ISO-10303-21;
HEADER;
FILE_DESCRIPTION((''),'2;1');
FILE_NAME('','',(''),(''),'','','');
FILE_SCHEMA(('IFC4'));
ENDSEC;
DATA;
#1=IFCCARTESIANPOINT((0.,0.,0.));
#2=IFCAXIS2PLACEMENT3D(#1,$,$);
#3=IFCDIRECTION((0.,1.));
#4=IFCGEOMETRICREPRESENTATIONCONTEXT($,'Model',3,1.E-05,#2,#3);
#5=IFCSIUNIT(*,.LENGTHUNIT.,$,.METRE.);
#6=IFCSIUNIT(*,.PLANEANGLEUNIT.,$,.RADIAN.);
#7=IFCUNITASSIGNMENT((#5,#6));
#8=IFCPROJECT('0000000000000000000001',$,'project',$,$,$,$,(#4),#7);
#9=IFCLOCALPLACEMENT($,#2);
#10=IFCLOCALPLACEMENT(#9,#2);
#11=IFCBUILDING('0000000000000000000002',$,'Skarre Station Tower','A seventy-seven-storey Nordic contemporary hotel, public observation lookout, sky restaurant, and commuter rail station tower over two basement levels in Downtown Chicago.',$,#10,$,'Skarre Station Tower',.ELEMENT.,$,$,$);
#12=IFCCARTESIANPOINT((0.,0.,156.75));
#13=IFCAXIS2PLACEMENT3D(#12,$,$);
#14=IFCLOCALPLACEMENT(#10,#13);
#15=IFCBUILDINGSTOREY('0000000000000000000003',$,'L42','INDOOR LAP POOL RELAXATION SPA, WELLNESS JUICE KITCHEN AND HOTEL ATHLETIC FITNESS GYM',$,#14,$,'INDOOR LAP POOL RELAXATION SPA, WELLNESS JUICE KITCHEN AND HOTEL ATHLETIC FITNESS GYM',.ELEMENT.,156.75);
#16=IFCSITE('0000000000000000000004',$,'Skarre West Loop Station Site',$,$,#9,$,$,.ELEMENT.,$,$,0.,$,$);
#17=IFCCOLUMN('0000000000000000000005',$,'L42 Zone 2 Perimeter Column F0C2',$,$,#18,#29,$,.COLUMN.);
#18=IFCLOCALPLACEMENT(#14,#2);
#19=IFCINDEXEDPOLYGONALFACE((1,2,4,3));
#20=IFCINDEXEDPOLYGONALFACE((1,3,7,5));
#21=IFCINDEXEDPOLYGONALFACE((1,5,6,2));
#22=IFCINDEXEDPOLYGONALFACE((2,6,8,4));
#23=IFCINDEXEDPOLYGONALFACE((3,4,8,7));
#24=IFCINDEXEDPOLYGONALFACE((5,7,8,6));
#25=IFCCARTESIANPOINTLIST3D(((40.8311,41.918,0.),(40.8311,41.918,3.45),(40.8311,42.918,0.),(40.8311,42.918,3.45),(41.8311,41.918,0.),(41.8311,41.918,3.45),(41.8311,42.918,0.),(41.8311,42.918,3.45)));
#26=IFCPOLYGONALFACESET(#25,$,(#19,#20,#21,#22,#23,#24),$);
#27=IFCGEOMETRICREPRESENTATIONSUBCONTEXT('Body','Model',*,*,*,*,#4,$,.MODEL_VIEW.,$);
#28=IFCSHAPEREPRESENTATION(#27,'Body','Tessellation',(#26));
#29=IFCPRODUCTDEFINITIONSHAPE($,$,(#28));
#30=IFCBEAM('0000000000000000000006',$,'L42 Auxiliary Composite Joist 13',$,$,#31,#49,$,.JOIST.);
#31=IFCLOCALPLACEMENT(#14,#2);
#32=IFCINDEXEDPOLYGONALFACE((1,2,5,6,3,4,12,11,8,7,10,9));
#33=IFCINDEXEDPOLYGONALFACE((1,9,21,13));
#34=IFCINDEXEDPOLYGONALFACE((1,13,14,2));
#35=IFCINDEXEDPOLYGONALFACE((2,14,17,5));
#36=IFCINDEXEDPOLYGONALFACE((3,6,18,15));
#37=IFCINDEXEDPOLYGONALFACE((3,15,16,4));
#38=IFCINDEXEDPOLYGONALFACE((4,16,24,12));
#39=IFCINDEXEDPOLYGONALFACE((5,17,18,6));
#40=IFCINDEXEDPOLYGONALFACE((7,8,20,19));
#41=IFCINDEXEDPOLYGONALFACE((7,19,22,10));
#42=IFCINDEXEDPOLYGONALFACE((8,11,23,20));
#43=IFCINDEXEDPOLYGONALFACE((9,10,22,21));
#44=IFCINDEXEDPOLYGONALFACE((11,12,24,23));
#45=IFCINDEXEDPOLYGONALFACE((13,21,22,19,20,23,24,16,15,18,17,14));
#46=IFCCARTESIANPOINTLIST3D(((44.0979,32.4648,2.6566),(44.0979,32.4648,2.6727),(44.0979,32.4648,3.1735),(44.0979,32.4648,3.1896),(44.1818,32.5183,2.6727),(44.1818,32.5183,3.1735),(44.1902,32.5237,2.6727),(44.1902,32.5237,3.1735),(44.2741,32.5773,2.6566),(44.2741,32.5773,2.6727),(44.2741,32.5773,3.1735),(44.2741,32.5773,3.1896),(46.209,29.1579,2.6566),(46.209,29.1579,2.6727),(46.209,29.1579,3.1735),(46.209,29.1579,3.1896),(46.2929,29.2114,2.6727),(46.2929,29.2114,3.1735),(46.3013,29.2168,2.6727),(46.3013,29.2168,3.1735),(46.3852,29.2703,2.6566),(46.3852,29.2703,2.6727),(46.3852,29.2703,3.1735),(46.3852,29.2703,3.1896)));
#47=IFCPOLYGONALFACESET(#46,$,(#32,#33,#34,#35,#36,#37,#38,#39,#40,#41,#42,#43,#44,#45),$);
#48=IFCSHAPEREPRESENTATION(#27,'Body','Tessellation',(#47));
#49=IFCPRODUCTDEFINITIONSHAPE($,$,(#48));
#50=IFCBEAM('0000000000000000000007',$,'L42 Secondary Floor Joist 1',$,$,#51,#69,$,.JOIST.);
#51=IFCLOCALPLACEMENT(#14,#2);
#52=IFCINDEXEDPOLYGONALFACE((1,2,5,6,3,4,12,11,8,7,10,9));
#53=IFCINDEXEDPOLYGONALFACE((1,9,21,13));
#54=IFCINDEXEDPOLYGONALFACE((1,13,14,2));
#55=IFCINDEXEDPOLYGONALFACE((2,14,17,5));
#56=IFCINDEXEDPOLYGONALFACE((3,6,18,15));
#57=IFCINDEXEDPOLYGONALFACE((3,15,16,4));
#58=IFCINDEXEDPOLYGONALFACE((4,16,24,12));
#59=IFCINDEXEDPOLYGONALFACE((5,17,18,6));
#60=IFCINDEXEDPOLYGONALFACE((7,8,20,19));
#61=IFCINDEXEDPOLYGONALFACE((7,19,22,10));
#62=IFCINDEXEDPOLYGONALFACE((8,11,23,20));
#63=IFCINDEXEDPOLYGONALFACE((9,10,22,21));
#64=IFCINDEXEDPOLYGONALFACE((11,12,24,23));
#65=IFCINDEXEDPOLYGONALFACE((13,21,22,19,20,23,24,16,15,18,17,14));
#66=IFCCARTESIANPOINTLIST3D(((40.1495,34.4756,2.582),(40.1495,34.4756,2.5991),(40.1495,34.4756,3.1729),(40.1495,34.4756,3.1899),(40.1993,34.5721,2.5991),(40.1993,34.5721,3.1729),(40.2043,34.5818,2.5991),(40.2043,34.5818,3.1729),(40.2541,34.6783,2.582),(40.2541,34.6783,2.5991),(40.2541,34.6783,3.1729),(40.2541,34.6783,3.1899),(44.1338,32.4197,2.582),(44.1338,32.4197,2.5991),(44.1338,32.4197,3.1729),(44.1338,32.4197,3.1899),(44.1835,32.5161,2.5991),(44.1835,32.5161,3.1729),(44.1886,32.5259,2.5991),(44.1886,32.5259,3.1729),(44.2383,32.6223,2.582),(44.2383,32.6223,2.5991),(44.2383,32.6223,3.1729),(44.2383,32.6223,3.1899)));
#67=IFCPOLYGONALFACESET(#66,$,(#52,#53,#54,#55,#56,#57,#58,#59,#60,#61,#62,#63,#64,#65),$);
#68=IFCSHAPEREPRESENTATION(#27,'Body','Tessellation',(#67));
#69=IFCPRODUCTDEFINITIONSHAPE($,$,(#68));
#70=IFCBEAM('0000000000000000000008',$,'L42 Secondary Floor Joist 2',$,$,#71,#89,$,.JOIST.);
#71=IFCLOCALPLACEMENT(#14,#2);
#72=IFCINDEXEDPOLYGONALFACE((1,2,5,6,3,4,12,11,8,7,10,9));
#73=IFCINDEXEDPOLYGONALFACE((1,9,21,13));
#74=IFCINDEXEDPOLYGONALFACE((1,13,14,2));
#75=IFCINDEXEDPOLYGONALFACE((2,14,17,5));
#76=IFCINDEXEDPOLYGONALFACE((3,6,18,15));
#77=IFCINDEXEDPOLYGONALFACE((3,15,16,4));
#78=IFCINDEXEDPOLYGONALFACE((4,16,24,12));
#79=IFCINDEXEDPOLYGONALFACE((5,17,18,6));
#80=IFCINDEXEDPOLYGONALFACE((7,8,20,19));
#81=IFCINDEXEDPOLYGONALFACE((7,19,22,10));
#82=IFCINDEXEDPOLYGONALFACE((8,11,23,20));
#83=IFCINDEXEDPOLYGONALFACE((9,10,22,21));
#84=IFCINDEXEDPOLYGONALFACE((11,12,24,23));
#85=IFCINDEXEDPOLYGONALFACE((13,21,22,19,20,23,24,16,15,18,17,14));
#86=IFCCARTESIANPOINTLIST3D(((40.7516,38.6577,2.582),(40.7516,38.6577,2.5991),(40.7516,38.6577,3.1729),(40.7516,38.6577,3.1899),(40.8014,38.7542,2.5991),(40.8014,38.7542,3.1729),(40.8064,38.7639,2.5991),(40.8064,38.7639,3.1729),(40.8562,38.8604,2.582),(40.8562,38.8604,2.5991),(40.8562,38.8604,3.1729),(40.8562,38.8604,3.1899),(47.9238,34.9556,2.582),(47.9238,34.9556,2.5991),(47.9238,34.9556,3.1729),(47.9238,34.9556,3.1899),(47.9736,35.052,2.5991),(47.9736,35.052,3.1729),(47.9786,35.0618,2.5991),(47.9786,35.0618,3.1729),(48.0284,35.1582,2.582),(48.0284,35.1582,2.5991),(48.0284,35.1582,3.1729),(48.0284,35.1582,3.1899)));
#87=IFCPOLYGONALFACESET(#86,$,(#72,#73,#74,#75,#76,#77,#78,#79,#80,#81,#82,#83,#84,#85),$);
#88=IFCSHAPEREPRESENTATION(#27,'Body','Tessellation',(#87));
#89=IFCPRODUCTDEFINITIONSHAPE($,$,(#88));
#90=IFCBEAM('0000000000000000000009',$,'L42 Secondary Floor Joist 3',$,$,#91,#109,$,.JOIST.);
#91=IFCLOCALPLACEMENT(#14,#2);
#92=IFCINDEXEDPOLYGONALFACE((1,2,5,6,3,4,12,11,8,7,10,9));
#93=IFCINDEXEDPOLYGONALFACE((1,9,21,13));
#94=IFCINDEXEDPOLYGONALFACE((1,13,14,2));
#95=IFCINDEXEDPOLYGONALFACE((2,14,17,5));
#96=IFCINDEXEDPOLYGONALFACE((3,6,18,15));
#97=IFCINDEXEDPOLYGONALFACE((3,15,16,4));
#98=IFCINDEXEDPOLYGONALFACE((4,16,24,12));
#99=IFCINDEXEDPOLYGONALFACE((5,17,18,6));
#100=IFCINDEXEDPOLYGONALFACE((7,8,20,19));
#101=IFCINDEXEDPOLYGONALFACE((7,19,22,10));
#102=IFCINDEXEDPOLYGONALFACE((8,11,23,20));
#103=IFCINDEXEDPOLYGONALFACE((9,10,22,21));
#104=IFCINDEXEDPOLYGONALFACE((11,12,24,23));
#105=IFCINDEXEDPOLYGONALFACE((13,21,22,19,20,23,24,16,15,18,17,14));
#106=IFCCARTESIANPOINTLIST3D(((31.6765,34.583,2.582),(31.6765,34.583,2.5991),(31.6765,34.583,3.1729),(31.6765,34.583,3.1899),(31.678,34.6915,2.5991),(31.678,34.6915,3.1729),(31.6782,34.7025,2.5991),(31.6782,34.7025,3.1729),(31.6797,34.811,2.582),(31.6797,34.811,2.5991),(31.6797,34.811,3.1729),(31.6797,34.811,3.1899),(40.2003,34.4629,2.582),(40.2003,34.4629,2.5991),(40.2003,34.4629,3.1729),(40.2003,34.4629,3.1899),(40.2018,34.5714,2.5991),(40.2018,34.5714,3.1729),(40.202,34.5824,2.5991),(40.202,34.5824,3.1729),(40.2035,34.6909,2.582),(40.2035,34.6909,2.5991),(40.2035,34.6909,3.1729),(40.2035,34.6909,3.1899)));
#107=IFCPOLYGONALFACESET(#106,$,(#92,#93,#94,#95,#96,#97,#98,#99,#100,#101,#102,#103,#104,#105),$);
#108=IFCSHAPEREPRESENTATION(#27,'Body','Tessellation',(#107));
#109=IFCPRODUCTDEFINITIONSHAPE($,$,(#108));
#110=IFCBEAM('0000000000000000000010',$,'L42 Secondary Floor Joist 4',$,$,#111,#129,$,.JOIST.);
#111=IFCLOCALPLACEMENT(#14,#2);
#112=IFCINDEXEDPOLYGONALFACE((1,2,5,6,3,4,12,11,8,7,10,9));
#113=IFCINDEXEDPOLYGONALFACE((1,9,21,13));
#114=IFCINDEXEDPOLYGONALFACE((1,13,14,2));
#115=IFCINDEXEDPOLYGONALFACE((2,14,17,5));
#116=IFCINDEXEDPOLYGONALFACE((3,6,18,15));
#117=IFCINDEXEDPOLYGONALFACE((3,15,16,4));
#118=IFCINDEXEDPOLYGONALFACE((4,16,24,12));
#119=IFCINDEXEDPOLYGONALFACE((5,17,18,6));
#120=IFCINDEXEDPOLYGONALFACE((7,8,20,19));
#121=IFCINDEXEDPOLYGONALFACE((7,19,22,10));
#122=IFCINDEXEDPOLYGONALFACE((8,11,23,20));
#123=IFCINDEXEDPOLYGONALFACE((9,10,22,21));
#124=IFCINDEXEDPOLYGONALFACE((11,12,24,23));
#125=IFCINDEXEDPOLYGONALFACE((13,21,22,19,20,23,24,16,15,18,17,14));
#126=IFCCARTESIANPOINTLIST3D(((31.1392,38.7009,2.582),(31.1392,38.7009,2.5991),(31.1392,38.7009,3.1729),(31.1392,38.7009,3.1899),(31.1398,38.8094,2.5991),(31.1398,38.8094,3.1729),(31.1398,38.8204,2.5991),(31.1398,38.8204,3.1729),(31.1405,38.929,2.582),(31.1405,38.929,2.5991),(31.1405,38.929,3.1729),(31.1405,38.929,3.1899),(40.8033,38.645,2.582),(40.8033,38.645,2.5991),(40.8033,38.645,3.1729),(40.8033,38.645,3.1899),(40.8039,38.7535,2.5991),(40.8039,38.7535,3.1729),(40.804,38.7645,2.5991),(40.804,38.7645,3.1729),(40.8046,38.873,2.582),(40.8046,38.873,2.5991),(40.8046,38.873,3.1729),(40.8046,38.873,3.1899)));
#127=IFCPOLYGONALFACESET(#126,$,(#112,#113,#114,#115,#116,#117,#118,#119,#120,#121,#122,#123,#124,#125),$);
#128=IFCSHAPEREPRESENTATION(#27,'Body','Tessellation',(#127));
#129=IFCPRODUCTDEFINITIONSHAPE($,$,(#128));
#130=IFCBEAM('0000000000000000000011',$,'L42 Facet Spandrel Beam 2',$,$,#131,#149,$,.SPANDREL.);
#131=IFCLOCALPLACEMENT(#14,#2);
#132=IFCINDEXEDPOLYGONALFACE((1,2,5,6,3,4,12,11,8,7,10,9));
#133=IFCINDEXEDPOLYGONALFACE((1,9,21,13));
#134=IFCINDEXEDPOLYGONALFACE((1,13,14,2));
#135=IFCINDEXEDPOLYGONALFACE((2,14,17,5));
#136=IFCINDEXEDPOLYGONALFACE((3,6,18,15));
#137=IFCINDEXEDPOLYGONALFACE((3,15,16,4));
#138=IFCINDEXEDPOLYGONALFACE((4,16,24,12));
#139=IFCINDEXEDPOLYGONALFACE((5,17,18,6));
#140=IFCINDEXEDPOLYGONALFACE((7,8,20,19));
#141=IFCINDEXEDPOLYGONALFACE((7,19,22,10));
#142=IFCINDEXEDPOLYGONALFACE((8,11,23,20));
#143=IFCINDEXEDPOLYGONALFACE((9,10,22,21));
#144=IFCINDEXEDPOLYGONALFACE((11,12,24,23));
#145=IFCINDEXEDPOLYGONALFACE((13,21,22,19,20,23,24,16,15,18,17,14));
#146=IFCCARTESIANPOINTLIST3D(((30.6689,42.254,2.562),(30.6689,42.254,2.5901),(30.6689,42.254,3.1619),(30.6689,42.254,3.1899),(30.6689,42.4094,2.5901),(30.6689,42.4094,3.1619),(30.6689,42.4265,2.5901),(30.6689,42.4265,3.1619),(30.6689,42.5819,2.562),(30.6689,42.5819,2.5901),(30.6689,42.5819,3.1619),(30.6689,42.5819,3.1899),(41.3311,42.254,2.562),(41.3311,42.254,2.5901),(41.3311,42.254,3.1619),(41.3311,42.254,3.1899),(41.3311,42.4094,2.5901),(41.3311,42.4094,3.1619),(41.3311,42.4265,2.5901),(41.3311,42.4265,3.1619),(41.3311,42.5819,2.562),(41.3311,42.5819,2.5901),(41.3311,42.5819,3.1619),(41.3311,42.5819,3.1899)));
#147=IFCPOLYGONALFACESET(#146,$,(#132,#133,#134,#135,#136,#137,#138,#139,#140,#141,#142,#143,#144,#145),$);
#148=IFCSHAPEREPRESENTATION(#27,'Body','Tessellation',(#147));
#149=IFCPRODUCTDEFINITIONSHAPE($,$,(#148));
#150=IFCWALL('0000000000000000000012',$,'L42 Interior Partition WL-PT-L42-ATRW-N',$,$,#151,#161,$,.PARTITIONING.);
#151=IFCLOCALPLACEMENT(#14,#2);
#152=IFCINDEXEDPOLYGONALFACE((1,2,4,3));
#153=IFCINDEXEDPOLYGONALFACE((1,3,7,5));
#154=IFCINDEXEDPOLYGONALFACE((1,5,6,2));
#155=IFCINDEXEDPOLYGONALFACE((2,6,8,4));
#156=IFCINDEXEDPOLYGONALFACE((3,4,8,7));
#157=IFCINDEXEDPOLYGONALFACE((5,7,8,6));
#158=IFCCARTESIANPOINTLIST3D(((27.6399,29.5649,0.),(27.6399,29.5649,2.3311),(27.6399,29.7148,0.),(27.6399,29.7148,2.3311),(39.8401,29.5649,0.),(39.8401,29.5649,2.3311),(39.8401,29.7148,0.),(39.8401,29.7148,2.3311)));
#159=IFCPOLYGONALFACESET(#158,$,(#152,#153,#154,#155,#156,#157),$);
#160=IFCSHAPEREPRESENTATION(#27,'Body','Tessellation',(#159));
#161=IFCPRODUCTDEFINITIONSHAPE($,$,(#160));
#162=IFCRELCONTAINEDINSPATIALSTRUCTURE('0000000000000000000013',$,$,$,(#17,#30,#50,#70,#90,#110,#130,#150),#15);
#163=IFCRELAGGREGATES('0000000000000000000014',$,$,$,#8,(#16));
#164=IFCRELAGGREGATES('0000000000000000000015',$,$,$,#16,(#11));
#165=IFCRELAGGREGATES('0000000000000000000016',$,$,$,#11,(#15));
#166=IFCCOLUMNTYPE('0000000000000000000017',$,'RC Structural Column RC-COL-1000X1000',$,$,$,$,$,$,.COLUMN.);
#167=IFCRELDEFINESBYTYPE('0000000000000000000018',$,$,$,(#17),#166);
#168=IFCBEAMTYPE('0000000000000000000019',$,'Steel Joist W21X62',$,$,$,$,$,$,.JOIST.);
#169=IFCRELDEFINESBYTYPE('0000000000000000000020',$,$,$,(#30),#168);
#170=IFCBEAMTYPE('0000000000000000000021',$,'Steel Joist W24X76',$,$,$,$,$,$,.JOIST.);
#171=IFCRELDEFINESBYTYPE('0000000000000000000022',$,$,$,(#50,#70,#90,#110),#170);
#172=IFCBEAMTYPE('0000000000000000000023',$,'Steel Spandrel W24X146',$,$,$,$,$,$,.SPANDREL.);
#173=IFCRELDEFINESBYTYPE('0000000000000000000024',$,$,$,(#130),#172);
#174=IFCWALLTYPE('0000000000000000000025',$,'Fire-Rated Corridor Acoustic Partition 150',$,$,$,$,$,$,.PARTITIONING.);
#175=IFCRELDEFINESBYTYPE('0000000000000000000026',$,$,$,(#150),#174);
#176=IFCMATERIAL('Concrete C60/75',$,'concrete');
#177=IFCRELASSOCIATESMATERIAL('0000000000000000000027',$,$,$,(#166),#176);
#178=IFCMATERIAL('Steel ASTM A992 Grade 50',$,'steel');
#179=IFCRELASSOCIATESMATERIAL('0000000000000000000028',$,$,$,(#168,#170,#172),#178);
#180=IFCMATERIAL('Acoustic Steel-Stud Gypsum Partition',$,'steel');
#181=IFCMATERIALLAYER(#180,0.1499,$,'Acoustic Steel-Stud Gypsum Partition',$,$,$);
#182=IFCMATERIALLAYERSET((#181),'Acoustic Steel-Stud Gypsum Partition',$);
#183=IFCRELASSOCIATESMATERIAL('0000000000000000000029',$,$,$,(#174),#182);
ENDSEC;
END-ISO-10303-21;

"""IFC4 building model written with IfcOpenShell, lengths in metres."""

from ifc_helpers import new_model, si_unit, direction, frame, frame_2d, origin, origin_2d, place, context, subcontext, project, spatial, rectangle, i_section, extrude, material, layer, layer_set, material_profile, profile_set, type_object, element, save


model = new_model("IFC4")

# Units and contexts
model_context = context("Model", 3, precision=1e-05, world=origin(), true_north=direction((0.0, 1.0)))
body_context = subcontext(model_context, "Body", "Model", "MODEL_VIEW")
ifc_project = project(units=[si_unit("LENGTHUNIT", "METRE"), si_unit("PLANEANGLEUNIT", "RADIAN")], contexts=[model_context])

# Site, building, storey
site_placement = place(None, origin())
site = spatial("IfcSite", under=ifc_project, at=site_placement, Name="Skarre West Loop Station Site", CompositionType="ELEMENT", RefElevation=0.0)
building_placement = place(site_placement, origin())
building = spatial("IfcBuilding", under=site, at=building_placement, Name="Skarre Station Tower", Description="A seventy-seven-storey Nordic contemporary hotel, public observation lookout, sky restaurant, and commuter rail station tower over two basement levels in Downtown Chicago.", LongName="Skarre Station Tower", CompositionType="ELEMENT")
storey_placement = place(building_placement, frame((0.0, 0.0, 156.75)))
storey = spatial("IfcBuildingStorey", under=building, at=storey_placement, Name="L42", Description="INDOOR LAP POOL RELAXATION SPA, WELLNESS JUICE KITCHEN AND HOTEL ATHLETIC FITNESS GYM", LongName="INDOOR LAP POOL RELAXATION SPA, WELLNESS JUICE KITCHEN AND HOTEL ATHLETIC FITNESS GYM", CompositionType="ELEMENT", Elevation=156.75)

# Column
ifc_material_1 = material(Name="Concrete C60/75", Category="concrete")
ifc_material_profile_1 = material_profile(ifc_material_1, rectangle(XDim=1.0, YDim=1.0, at=origin_2d()), Name="Concrete C60/75")
ifc_profile_set_1 = profile_set([ifc_material_profile_1], Name="Concrete C60/75")
column_type = type_object("IfcColumnType", Name="RC Structural Column RC-COL-1000X1000", PredefinedType="COLUMN", material=ifc_profile_set_1)
column_placement = place(storey_placement, frame((41.3311, 42.418, 0.0), z_axis=(0.0, 0.0, 1.0), x_axis=(1.0, 0.0, 0.0)))
element("IfcColumn", 1, at=column_placement, inside=storey, type_object=column_type, Name="L42 Zone 2 Perimeter Column F0C2", PredefinedType="COLUMN", context=body_context, shape_type="SweptSolid", body=[
    extrude(rectangle(XDim=1.0, YDim=1.0, at=origin_2d()), origin(), (0.0, 0.0, 1.0), 3.45),
])

# Beams
ifc_material_2 = material(Name="Steel ASTM A992 Grade 50", Category="steel")
ifc_material_profile_2 = material_profile(ifc_material_2, i_section(OverallWidth=0.209, OverallDepth=0.533, WebThickness=0.01, FlangeThickness=0.0161, at=origin_2d()), Name="Steel ASTM A992 Grade 50")
ifc_profile_set_2 = profile_set([ifc_material_profile_2], Name="Steel ASTM A992 Grade 50")
beam_type_1 = type_object("IfcBeamType", Name="Steel Joist W21X62", PredefinedType="JOIST", material=ifc_profile_set_2)
beam_1_placement = place(storey_placement, frame((46.2971, 29.2141, 2.9231), z_axis=(-0.538091, 0.842887, 0.0), x_axis=(-0.842887, -0.538091, 0.0)))
element("IfcBeam", 2, at=beam_1_placement, inside=storey, type_object=beam_type_1, Name="L42 Auxiliary Composite Joist 13", PredefinedType="JOIST", context=body_context, shape_type="SweptSolid", body=[
    extrude(i_section(OverallWidth=0.209, OverallDepth=0.533, WebThickness=0.01, FlangeThickness=0.0161, at=origin_2d()), origin(), (0.0, 0.0, 1.0), 3.9233),
])
ifc_material_profile_3 = material_profile(ifc_material_2, i_section(OverallWidth=0.228, OverallDepth=0.6079, WebThickness=0.011, FlangeThickness=0.0171, at=origin_2d()), Name="Steel ASTM A992 Grade 50")
ifc_profile_set_3 = profile_set([ifc_material_profile_3], Name="Steel ASTM A992 Grade 50")
beam_type_2 = type_object("IfcBeamType", Name="Steel Joist W24X76", PredefinedType="JOIST", material=ifc_profile_set_3)
beam_2_placement = place(storey_placement, frame((44.186, 32.521, 2.886), z_axis=(-0.888659, 0.458569, 0.0), x_axis=(-0.458569, -0.888659, 0.0)))
element("IfcBeam", 3, at=beam_2_placement, inside=storey, type_object=beam_type_2, Name="L42 Secondary Floor Joist 1", PredefinedType="JOIST", context=body_context, shape_type="SweptSolid", body=[
    extrude(i_section(OverallWidth=0.228, OverallDepth=0.6079, WebThickness=0.011, FlangeThickness=0.0171, at=origin_2d()), origin(), (0.0, 0.0, 1.0), 4.4834),
])
beam_3_placement = place(storey_placement, frame((47.9761, 35.0569, 2.886), z_axis=(-0.8886, 0.458683, 0.0), x_axis=(-0.458683, -0.8886, 0.0)))
element("IfcBeam", 4, at=beam_3_placement, inside=storey, type_object=beam_type_2, Name="L42 Secondary Floor Joist 2", PredefinedType="JOIST", context=body_context, shape_type="SweptSolid", body=[
    extrude(i_section(OverallWidth=0.228, OverallDepth=0.6079, WebThickness=0.011, FlangeThickness=0.0171, at=origin_2d()), origin(), (0.0, 0.0, 1.0), 8.0713),
])
beam_4_placement = place(storey_placement, frame((40.2019, 34.5769, 2.886), z_axis=(-0.999901, 0.01409, 0.0), x_axis=(-0.01409, -0.999901, 0.0)))
element("IfcBeam", 5, at=beam_4_placement, inside=storey, type_object=beam_type_2, Name="L42 Secondary Floor Joist 3", PredefinedType="JOIST", context=body_context, shape_type="SweptSolid", body=[
    extrude(i_section(OverallWidth=0.228, OverallDepth=0.6079, WebThickness=0.011, FlangeThickness=0.0171, at=origin_2d()), origin(), (0.0, 0.0, 1.0), 8.5247),
])
beam_5_placement = place(storey_placement, frame((40.804, 38.759, 2.886), z_axis=(-0.999983, 0.005785, 0.0), x_axis=(-0.005785, -0.999983, 0.0)))
element("IfcBeam", 6, at=beam_5_placement, inside=storey, type_object=beam_type_2, Name="L42 Secondary Floor Joist 4", PredefinedType="JOIST", context=body_context, shape_type="SweptSolid", body=[
    extrude(i_section(OverallWidth=0.228, OverallDepth=0.6079, WebThickness=0.011, FlangeThickness=0.0171, at=origin_2d()), origin(), (0.0, 0.0, 1.0), 9.6643),
])
ifc_material_profile_4 = material_profile(ifc_material_2, i_section(OverallWidth=0.3279, OverallDepth=0.6279, WebThickness=0.0171, FlangeThickness=0.0281, at=origin_2d()), Name="Steel ASTM A992 Grade 50")
ifc_profile_set_4 = profile_set([ifc_material_profile_4], Name="Steel ASTM A992 Grade 50")
beam_type_3 = type_object("IfcBeamType", Name="Steel Spandrel W24X146", PredefinedType="SPANDREL", material=ifc_profile_set_4)
beam_6_placement = place(storey_placement, frame((41.3311, 42.418, 2.876), z_axis=(-1.0, 0.0, 0.0), x_axis=(0.0, -1.0, 0.0)))
element("IfcBeam", 7, at=beam_6_placement, inside=storey, type_object=beam_type_3, Name="L42 Facet Spandrel Beam 2", PredefinedType="SPANDREL", context=body_context, shape_type="SweptSolid", body=[
    extrude(i_section(OverallWidth=0.3279, OverallDepth=0.6279, WebThickness=0.0171, FlangeThickness=0.0281, at=origin_2d()), origin(), (0.0, 0.0, 1.0), 10.6621),
])

# Wall
ifc_material_3 = material(Name="Acoustic Steel-Stud Gypsum Partition", Category="steel")
ifc_layer_1 = layer(ifc_material_3, 0.1499, Name="Acoustic Steel-Stud Gypsum Partition")
ifc_layer_set_1 = layer_set([ifc_layer_1], Name="Acoustic Steel-Stud Gypsum Partition")
wall_type_1 = type_object("IfcWallType", Name="Fire-Rated Corridor Acoustic Partition 150", PredefinedType="PARTITIONING", material=ifc_layer_set_1)
wall_1_placement = place(storey_placement, frame((39.8401, 29.6399, 0.0), z_axis=(0.0, 0.0, 1.0), x_axis=(-1.0, 0.0, 0.0)))
element("IfcWall", 8, at=wall_1_placement, inside=storey, type_object=wall_type_1, Name="L42 Interior Partition WL-PT-L42-ATRW-N", PredefinedType="PARTITIONING", context=body_context, shape_type="SweptSolid", body=[
    extrude(rectangle(XDim=12.2002, YDim=0.1499, at=frame_2d((6.1001, 0.0))), origin(), (0.0, 0.0, 1.0), 2.3311),
])

save(model, "model.ifc")
